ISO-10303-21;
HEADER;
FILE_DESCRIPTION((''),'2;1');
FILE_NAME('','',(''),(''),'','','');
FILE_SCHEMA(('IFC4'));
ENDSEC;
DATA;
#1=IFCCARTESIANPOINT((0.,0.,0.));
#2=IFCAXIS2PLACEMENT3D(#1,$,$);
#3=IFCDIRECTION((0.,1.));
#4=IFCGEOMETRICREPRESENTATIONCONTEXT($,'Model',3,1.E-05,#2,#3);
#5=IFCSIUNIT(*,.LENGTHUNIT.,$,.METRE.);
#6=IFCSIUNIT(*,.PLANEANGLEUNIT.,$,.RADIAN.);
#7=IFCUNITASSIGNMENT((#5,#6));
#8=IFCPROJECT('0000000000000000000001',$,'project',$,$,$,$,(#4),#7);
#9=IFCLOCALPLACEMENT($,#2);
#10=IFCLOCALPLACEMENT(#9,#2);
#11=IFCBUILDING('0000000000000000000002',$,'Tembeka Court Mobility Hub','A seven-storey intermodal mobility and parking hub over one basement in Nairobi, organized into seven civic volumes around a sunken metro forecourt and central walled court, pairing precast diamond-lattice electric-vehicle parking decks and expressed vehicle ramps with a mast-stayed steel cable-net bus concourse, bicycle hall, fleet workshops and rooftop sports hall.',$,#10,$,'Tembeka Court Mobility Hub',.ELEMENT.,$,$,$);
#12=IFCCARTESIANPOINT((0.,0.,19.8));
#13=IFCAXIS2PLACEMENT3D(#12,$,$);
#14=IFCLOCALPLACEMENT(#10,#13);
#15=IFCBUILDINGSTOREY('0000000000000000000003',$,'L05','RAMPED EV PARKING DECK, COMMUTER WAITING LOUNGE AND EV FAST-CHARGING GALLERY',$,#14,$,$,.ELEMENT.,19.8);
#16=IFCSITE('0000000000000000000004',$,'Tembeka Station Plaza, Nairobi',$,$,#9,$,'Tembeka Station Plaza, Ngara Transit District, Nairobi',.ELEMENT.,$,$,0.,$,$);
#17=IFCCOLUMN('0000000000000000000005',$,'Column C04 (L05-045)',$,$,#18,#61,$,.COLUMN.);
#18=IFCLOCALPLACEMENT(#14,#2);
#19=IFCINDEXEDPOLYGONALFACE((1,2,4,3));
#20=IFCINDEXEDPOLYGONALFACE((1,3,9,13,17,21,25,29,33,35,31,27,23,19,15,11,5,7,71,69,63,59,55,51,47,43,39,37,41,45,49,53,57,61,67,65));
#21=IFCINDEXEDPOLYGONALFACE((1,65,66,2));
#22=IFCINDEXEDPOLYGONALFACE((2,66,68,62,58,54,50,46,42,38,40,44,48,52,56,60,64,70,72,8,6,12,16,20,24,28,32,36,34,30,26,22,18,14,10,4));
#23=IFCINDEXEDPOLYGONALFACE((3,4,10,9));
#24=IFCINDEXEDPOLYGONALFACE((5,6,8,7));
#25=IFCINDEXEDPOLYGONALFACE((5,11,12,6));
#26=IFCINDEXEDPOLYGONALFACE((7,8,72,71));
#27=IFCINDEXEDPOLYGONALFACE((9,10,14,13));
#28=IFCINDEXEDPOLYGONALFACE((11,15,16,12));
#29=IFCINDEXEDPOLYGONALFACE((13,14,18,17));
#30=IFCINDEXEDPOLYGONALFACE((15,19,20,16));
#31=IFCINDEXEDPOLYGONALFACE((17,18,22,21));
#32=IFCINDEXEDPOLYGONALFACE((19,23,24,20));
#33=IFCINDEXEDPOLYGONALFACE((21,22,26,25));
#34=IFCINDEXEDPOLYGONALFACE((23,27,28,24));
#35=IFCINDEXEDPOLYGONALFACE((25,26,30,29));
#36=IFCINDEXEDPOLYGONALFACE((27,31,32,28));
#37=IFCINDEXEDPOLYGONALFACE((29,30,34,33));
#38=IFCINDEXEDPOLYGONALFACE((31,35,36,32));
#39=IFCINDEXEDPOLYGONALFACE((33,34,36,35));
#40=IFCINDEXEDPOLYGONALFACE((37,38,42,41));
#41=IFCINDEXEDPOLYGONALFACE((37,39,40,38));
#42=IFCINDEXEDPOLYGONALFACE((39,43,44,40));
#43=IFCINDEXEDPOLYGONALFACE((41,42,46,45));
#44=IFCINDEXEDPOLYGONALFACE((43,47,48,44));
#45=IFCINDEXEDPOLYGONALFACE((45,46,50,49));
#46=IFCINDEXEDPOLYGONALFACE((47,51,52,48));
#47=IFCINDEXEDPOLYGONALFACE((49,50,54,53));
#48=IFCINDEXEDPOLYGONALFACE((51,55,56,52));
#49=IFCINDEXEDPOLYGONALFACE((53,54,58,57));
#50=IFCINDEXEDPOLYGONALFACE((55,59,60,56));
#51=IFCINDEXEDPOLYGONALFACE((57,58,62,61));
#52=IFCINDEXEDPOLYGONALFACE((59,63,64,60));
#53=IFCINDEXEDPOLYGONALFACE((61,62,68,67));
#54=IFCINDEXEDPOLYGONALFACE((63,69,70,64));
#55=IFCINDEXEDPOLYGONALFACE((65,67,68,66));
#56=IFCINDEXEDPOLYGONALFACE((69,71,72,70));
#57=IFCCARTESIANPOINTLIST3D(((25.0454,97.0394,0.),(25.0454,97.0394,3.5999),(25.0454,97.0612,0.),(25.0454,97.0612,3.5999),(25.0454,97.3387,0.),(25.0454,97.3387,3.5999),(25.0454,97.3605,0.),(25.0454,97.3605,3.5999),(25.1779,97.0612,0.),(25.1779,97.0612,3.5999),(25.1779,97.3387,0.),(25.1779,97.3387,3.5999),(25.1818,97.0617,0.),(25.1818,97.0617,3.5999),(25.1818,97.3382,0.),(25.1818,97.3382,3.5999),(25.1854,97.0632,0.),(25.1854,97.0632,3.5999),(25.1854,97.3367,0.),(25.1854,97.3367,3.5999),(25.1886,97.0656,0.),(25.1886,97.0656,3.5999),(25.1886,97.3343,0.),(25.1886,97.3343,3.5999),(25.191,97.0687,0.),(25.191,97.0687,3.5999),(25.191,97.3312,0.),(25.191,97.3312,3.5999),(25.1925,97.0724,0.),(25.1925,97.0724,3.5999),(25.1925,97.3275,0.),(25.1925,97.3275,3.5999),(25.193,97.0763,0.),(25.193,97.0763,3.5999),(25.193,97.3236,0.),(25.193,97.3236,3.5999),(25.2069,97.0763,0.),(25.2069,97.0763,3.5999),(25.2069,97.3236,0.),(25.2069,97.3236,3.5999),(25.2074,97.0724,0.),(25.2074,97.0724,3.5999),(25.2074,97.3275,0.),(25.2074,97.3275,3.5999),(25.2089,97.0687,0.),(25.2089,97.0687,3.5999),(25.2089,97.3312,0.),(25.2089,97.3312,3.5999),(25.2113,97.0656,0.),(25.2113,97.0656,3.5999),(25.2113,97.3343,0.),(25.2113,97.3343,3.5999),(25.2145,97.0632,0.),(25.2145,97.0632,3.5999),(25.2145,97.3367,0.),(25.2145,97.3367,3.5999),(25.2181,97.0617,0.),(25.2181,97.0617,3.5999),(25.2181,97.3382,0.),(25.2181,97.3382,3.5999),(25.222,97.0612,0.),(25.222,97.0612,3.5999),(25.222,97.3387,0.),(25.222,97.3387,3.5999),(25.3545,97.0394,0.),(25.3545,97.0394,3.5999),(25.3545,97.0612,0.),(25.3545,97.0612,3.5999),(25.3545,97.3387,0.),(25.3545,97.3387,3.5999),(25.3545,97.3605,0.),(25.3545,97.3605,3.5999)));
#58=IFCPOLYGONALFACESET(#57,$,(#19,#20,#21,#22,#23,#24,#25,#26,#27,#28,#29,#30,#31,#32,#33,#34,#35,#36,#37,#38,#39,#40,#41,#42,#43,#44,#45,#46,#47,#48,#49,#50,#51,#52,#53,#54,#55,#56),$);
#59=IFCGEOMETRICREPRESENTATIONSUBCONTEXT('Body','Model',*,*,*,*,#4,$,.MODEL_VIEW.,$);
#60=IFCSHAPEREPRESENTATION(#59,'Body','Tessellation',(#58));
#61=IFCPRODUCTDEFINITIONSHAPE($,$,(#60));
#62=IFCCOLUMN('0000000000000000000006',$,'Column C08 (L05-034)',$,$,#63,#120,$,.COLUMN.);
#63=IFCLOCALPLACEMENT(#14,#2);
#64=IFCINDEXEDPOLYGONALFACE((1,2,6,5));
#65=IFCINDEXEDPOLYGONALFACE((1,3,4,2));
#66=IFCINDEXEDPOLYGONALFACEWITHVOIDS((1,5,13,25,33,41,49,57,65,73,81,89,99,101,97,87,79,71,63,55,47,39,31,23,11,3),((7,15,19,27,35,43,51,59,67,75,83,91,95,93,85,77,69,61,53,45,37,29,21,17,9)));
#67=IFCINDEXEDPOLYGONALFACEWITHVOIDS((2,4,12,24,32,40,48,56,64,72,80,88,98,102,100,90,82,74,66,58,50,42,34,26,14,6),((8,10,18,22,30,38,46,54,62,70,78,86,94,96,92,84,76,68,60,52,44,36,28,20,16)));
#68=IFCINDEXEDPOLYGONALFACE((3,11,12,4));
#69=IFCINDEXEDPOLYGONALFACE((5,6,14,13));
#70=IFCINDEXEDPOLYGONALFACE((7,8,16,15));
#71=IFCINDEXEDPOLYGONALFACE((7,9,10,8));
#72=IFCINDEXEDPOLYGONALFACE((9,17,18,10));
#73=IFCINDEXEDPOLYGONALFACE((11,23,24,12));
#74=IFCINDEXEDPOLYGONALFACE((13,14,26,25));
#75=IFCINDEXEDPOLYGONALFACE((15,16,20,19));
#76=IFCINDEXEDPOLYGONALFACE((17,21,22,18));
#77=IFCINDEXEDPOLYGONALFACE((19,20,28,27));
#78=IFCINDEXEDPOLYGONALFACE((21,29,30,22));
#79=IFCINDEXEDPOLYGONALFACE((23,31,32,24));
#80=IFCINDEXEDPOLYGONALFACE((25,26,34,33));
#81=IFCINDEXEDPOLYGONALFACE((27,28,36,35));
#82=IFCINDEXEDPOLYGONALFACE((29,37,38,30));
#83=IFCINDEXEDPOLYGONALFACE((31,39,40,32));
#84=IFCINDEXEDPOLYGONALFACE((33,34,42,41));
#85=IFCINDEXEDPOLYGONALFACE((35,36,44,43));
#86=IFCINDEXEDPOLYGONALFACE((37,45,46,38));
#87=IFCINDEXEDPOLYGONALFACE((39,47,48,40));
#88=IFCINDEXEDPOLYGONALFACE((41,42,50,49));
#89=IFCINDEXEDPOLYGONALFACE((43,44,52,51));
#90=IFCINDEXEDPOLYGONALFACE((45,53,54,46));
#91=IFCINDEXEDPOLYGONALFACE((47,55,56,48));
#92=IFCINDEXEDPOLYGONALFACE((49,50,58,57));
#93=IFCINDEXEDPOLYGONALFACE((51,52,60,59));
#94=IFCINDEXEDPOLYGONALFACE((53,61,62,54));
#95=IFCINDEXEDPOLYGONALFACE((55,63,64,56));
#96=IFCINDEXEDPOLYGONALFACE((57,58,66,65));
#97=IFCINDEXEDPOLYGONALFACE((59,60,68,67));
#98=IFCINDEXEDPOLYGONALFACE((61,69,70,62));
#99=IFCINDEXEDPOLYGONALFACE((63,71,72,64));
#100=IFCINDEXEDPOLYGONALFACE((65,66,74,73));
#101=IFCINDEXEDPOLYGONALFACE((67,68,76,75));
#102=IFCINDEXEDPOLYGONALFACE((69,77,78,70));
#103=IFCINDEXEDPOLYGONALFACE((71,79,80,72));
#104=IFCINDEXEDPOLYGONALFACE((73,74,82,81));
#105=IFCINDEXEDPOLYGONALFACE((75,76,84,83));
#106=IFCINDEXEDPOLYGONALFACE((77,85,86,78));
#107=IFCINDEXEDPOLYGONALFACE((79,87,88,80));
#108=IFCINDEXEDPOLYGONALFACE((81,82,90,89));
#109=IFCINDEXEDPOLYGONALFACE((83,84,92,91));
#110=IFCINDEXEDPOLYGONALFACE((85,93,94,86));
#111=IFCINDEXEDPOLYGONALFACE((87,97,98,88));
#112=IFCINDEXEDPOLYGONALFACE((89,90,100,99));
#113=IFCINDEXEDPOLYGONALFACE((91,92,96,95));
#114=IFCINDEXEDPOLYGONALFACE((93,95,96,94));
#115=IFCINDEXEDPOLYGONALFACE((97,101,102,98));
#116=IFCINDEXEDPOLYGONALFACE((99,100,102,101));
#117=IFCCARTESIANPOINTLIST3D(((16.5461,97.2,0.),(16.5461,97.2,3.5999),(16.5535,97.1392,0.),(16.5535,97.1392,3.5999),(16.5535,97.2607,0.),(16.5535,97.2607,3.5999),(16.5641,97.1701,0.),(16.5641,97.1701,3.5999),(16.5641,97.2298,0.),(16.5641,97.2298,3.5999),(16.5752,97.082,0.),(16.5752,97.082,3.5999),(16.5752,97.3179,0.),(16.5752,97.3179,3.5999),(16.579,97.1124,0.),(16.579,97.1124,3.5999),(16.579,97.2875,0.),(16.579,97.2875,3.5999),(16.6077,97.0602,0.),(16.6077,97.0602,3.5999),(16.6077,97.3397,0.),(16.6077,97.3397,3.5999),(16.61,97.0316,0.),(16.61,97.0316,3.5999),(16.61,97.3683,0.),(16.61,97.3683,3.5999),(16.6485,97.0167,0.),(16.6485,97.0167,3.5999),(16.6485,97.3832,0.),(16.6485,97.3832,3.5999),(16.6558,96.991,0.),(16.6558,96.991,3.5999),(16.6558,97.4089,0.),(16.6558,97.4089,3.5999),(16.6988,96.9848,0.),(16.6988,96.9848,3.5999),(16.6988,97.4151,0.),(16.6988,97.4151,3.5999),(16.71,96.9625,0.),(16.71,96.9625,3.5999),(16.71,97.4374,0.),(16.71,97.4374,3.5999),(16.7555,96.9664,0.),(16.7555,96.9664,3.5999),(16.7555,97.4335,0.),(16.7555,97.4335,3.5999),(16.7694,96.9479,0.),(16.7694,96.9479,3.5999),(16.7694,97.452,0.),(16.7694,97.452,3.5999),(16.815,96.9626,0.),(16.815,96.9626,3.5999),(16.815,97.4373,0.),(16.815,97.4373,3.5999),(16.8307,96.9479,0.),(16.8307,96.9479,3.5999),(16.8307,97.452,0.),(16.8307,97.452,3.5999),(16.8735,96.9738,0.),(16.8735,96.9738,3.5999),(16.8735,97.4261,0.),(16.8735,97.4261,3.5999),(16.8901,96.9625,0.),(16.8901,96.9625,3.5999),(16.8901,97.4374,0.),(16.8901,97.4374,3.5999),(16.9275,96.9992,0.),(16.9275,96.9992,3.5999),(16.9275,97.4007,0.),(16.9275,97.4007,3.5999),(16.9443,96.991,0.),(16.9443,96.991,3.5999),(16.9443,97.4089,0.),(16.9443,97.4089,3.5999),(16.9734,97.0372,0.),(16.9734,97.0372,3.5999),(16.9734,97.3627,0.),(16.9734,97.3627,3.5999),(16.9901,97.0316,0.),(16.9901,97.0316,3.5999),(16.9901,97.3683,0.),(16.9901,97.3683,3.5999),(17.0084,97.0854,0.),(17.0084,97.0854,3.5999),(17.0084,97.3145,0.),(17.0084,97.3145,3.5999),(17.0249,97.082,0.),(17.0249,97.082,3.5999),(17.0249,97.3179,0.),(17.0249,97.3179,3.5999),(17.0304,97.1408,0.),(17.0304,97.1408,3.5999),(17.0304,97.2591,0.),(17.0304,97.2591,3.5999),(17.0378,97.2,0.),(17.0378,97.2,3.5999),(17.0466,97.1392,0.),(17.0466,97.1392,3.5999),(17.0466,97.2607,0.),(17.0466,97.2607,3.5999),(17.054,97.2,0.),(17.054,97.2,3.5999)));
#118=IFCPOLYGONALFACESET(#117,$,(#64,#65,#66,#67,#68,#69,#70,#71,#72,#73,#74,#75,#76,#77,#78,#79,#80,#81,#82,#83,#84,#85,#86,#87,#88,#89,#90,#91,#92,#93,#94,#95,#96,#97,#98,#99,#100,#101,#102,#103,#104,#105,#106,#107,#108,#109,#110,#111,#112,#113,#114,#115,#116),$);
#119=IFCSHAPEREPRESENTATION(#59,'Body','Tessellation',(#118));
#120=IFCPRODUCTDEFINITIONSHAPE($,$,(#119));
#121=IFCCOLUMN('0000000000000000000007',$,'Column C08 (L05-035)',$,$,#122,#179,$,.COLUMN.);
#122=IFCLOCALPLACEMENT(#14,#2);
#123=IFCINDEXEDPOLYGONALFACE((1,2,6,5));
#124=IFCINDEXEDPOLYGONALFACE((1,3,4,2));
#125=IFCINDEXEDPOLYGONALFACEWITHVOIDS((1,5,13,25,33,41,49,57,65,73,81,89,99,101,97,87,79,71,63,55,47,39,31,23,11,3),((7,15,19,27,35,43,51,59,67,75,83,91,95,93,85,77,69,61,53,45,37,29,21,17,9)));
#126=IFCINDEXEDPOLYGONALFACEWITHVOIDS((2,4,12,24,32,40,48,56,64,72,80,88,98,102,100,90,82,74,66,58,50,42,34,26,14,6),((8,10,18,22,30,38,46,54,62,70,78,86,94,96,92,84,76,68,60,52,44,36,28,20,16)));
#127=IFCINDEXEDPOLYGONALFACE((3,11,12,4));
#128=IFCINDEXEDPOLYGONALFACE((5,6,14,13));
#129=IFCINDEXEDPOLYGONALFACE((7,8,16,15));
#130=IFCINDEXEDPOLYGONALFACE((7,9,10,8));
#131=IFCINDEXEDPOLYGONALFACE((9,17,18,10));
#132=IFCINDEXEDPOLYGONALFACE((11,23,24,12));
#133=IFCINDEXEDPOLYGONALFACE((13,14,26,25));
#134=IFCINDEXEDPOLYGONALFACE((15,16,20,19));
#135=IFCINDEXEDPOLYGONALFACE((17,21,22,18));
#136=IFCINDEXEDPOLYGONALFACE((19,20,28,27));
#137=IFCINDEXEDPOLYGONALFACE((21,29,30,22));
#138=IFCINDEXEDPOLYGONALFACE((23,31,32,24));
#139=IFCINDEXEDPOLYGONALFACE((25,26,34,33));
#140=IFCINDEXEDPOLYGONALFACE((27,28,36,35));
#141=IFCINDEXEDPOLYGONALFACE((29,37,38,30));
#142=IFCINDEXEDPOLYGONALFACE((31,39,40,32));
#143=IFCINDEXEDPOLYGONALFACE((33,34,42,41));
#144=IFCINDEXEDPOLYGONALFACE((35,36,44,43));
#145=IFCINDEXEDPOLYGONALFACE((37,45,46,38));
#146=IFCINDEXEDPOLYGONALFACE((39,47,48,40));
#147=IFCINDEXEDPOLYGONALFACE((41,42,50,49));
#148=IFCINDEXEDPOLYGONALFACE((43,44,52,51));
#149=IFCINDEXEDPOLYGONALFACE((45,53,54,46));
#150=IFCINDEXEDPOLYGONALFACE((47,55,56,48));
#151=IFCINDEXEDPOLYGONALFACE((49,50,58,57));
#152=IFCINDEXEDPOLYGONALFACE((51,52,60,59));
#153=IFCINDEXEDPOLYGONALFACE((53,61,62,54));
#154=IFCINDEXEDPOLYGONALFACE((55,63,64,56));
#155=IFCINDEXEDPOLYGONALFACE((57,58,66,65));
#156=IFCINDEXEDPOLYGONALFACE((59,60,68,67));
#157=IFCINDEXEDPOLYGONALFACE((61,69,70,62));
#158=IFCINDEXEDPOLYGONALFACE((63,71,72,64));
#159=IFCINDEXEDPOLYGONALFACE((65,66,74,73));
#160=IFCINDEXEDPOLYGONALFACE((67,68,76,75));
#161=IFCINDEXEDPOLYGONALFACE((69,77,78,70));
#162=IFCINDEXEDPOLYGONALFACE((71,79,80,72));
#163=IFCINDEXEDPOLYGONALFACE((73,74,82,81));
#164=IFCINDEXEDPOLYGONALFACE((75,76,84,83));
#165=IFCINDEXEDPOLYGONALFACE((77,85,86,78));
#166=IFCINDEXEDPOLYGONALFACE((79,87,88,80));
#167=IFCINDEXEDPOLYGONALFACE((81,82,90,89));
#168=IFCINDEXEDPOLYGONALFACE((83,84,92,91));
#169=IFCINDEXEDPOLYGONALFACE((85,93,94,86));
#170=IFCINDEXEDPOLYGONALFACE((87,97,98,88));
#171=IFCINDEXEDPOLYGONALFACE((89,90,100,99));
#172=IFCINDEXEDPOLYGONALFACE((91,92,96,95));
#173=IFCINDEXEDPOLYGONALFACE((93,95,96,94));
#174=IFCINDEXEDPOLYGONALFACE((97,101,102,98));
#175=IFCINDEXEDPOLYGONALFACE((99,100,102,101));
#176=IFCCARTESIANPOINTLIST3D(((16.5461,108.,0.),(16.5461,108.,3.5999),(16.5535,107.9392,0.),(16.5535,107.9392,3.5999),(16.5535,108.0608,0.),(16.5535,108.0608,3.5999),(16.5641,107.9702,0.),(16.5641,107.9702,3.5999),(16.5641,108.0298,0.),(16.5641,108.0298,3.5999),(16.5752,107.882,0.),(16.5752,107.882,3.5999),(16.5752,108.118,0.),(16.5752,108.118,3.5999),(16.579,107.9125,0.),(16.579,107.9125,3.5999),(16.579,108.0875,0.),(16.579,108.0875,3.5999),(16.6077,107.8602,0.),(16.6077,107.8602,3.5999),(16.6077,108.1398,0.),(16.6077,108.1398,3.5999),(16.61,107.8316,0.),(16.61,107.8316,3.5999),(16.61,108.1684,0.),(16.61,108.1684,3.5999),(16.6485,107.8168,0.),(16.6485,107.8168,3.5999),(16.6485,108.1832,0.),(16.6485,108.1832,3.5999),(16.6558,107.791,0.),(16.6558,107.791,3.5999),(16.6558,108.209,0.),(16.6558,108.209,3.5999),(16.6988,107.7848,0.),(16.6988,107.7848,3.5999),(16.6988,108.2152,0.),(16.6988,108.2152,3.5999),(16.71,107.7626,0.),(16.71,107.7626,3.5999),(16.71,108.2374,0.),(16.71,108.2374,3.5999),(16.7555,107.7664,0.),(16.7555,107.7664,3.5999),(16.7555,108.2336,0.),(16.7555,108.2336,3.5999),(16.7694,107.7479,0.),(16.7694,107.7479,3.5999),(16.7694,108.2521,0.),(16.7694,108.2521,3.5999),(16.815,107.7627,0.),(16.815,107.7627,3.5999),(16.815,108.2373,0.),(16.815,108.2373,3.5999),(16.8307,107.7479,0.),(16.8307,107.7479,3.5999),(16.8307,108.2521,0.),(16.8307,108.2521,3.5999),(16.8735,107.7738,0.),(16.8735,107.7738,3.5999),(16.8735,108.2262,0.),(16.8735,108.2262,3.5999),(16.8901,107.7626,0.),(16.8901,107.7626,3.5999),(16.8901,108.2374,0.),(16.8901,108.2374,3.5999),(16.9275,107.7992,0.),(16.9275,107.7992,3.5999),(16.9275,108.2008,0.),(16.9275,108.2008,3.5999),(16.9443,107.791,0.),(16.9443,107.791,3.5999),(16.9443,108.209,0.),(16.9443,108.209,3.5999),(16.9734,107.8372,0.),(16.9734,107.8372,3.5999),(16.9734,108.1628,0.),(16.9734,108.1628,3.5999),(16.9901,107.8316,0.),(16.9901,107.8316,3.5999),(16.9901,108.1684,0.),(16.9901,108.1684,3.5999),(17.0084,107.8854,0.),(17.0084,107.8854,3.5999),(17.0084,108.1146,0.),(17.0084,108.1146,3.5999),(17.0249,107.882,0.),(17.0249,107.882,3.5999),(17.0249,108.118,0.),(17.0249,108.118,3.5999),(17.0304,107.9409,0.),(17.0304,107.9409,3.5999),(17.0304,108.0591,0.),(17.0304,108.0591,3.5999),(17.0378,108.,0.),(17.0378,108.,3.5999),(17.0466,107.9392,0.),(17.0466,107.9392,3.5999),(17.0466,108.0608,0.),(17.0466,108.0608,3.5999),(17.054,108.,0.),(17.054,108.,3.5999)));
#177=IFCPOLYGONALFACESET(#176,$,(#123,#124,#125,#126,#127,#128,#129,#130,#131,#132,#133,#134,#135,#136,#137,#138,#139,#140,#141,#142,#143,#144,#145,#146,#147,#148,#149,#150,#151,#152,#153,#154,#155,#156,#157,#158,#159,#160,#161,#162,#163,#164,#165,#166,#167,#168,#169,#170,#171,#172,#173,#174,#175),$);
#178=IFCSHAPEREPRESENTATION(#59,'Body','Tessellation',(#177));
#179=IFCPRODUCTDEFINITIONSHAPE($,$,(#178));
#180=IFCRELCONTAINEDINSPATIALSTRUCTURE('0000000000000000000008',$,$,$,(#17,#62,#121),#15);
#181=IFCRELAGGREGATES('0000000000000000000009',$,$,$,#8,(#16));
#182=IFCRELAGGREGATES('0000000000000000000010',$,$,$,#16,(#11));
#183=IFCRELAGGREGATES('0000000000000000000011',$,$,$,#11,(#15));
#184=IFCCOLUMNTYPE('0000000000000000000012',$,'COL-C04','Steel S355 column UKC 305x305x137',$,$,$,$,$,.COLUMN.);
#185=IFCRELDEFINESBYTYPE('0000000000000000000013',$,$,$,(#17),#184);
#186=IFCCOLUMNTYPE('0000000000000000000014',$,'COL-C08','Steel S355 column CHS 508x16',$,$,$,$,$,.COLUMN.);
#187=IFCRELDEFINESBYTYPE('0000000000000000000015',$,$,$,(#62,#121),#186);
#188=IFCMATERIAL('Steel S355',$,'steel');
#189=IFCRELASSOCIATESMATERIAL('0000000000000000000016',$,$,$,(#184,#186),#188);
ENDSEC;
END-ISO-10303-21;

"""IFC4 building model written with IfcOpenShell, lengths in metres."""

from ifc_helpers import new_model, si_unit, direction, frame, origin, origin_2d, place, context, subcontext, project, spatial, hollow_circle, i_section, extrude, material, material_profile, profile_set, type_object, element, save


model = new_model("IFC4")

# Units and contexts
model_context = context("Model", 3, precision=1e-05, world=origin(), true_north=direction((0.0, 1.0)))
body_context = subcontext(model_context, "Body", "Model", "MODEL_VIEW")
ifc_project = project(units=[si_unit("LENGTHUNIT", "METRE"), si_unit("PLANEANGLEUNIT", "RADIAN")], contexts=[model_context])

# Site, building, storey
site_placement = place(None, origin())
site = spatial("IfcSite", under=ifc_project, at=site_placement, Name="Tembeka Station Plaza, Nairobi", LongName="Tembeka Station Plaza, Ngara Transit District, Nairobi", CompositionType="ELEMENT", RefElevation=0.0)
building_placement = place(site_placement, origin())
building = spatial("IfcBuilding", under=site, at=building_placement, Name="Tembeka Court Mobility Hub", Description="A seven-storey intermodal mobility and parking hub over one basement in Nairobi, organized into seven civic volumes around a sunken metro forecourt and central walled court, pairing precast diamond-lattice electric-vehicle parking decks and expressed vehicle ramps with a mast-stayed steel cable-net bus concourse, bicycle hall, fleet workshops and rooftop sports hall.", LongName="Tembeka Court Mobility Hub", CompositionType="ELEMENT")
storey_placement = place(building_placement, frame((0.0, 0.0, 19.8)))
storey = spatial("IfcBuildingStorey", under=building, at=storey_placement, Name="L05", Description="RAMPED EV PARKING DECK, COMMUTER WAITING LOUNGE AND EV FAST-CHARGING GALLERY", CompositionType="ELEMENT", Elevation=19.8)

# Columns
ifc_material_1 = material(Name="Steel S355", Category="steel")
ifc_material_profile_1 = material_profile(ifc_material_1, i_section(OverallWidth=0.3091, OverallDepth=0.321, WebThickness=0.0139, FlangeThickness=0.0217, FilletRadius=0.0151, at=origin_2d()), Name="UKC 305x305x137")
ifc_profile_set_1 = profile_set([ifc_material_profile_1], Name="Steel S355")
column_type_1 = type_object("IfcColumnType", Name="COL-C04", Description="Steel S355 column UKC 305x305x137", PredefinedType="COLUMN", material=ifc_profile_set_1)
column_placement = place(storey_placement, frame((25.2, 97.2, 0.0), z_axis=(0.0, 0.0, 1.0), x_axis=(1.0, 0.0, 0.0)))
element("IfcColumn", 1, at=column_placement, inside=storey, type_object=column_type_1, Name="Column C04 (L05-045)", PredefinedType="COLUMN", context=body_context, shape_type="SweptSolid", body=[
    extrude(i_section(OverallWidth=0.3091, OverallDepth=0.321, WebThickness=0.0139, FlangeThickness=0.0217, FilletRadius=0.0151, at=origin_2d()), origin(), (0.0, 0.0, 1.0), 3.5999),
])
ifc_material_profile_2 = material_profile(ifc_material_1, hollow_circle(Radius=0.2539, WallThickness=0.0161, at=origin_2d()), Name="CHS 508x16")
ifc_profile_set_2 = profile_set([ifc_material_profile_2], Name="Steel S355")
column_type_2 = type_object("IfcColumnType", Name="COL-C08", Description="Steel S355 column CHS 508x16", PredefinedType="COLUMN", material=ifc_profile_set_2)
for number, where, z_axis, x_axis, name in (
    (2, (16.8, 97.2, 0.0), (0.0, 0.0, 1.0), (1.0, 0.0, 0.0), "Column C08 (L05-034)"),
    (3, (16.8, 108.0, 0.0), (0.0, 0.0, 1.0), (1.0, 0.0, 0.0), "Column C08 (L05-035)"),
):
    element("IfcColumn", number, at=place(storey_placement, frame(where, z_axis=z_axis, x_axis=x_axis)), inside=storey, type_object=column_type_2, Name=name, PredefinedType="COLUMN", context=body_context, shape_type="SweptSolid", body=[
        extrude(hollow_circle(Radius=0.2539, WallThickness=0.0161, at=origin_2d()), origin(), (0.0, 0.0, 1.0), 3.5999),
    ])

save(model, "model.ifc")
